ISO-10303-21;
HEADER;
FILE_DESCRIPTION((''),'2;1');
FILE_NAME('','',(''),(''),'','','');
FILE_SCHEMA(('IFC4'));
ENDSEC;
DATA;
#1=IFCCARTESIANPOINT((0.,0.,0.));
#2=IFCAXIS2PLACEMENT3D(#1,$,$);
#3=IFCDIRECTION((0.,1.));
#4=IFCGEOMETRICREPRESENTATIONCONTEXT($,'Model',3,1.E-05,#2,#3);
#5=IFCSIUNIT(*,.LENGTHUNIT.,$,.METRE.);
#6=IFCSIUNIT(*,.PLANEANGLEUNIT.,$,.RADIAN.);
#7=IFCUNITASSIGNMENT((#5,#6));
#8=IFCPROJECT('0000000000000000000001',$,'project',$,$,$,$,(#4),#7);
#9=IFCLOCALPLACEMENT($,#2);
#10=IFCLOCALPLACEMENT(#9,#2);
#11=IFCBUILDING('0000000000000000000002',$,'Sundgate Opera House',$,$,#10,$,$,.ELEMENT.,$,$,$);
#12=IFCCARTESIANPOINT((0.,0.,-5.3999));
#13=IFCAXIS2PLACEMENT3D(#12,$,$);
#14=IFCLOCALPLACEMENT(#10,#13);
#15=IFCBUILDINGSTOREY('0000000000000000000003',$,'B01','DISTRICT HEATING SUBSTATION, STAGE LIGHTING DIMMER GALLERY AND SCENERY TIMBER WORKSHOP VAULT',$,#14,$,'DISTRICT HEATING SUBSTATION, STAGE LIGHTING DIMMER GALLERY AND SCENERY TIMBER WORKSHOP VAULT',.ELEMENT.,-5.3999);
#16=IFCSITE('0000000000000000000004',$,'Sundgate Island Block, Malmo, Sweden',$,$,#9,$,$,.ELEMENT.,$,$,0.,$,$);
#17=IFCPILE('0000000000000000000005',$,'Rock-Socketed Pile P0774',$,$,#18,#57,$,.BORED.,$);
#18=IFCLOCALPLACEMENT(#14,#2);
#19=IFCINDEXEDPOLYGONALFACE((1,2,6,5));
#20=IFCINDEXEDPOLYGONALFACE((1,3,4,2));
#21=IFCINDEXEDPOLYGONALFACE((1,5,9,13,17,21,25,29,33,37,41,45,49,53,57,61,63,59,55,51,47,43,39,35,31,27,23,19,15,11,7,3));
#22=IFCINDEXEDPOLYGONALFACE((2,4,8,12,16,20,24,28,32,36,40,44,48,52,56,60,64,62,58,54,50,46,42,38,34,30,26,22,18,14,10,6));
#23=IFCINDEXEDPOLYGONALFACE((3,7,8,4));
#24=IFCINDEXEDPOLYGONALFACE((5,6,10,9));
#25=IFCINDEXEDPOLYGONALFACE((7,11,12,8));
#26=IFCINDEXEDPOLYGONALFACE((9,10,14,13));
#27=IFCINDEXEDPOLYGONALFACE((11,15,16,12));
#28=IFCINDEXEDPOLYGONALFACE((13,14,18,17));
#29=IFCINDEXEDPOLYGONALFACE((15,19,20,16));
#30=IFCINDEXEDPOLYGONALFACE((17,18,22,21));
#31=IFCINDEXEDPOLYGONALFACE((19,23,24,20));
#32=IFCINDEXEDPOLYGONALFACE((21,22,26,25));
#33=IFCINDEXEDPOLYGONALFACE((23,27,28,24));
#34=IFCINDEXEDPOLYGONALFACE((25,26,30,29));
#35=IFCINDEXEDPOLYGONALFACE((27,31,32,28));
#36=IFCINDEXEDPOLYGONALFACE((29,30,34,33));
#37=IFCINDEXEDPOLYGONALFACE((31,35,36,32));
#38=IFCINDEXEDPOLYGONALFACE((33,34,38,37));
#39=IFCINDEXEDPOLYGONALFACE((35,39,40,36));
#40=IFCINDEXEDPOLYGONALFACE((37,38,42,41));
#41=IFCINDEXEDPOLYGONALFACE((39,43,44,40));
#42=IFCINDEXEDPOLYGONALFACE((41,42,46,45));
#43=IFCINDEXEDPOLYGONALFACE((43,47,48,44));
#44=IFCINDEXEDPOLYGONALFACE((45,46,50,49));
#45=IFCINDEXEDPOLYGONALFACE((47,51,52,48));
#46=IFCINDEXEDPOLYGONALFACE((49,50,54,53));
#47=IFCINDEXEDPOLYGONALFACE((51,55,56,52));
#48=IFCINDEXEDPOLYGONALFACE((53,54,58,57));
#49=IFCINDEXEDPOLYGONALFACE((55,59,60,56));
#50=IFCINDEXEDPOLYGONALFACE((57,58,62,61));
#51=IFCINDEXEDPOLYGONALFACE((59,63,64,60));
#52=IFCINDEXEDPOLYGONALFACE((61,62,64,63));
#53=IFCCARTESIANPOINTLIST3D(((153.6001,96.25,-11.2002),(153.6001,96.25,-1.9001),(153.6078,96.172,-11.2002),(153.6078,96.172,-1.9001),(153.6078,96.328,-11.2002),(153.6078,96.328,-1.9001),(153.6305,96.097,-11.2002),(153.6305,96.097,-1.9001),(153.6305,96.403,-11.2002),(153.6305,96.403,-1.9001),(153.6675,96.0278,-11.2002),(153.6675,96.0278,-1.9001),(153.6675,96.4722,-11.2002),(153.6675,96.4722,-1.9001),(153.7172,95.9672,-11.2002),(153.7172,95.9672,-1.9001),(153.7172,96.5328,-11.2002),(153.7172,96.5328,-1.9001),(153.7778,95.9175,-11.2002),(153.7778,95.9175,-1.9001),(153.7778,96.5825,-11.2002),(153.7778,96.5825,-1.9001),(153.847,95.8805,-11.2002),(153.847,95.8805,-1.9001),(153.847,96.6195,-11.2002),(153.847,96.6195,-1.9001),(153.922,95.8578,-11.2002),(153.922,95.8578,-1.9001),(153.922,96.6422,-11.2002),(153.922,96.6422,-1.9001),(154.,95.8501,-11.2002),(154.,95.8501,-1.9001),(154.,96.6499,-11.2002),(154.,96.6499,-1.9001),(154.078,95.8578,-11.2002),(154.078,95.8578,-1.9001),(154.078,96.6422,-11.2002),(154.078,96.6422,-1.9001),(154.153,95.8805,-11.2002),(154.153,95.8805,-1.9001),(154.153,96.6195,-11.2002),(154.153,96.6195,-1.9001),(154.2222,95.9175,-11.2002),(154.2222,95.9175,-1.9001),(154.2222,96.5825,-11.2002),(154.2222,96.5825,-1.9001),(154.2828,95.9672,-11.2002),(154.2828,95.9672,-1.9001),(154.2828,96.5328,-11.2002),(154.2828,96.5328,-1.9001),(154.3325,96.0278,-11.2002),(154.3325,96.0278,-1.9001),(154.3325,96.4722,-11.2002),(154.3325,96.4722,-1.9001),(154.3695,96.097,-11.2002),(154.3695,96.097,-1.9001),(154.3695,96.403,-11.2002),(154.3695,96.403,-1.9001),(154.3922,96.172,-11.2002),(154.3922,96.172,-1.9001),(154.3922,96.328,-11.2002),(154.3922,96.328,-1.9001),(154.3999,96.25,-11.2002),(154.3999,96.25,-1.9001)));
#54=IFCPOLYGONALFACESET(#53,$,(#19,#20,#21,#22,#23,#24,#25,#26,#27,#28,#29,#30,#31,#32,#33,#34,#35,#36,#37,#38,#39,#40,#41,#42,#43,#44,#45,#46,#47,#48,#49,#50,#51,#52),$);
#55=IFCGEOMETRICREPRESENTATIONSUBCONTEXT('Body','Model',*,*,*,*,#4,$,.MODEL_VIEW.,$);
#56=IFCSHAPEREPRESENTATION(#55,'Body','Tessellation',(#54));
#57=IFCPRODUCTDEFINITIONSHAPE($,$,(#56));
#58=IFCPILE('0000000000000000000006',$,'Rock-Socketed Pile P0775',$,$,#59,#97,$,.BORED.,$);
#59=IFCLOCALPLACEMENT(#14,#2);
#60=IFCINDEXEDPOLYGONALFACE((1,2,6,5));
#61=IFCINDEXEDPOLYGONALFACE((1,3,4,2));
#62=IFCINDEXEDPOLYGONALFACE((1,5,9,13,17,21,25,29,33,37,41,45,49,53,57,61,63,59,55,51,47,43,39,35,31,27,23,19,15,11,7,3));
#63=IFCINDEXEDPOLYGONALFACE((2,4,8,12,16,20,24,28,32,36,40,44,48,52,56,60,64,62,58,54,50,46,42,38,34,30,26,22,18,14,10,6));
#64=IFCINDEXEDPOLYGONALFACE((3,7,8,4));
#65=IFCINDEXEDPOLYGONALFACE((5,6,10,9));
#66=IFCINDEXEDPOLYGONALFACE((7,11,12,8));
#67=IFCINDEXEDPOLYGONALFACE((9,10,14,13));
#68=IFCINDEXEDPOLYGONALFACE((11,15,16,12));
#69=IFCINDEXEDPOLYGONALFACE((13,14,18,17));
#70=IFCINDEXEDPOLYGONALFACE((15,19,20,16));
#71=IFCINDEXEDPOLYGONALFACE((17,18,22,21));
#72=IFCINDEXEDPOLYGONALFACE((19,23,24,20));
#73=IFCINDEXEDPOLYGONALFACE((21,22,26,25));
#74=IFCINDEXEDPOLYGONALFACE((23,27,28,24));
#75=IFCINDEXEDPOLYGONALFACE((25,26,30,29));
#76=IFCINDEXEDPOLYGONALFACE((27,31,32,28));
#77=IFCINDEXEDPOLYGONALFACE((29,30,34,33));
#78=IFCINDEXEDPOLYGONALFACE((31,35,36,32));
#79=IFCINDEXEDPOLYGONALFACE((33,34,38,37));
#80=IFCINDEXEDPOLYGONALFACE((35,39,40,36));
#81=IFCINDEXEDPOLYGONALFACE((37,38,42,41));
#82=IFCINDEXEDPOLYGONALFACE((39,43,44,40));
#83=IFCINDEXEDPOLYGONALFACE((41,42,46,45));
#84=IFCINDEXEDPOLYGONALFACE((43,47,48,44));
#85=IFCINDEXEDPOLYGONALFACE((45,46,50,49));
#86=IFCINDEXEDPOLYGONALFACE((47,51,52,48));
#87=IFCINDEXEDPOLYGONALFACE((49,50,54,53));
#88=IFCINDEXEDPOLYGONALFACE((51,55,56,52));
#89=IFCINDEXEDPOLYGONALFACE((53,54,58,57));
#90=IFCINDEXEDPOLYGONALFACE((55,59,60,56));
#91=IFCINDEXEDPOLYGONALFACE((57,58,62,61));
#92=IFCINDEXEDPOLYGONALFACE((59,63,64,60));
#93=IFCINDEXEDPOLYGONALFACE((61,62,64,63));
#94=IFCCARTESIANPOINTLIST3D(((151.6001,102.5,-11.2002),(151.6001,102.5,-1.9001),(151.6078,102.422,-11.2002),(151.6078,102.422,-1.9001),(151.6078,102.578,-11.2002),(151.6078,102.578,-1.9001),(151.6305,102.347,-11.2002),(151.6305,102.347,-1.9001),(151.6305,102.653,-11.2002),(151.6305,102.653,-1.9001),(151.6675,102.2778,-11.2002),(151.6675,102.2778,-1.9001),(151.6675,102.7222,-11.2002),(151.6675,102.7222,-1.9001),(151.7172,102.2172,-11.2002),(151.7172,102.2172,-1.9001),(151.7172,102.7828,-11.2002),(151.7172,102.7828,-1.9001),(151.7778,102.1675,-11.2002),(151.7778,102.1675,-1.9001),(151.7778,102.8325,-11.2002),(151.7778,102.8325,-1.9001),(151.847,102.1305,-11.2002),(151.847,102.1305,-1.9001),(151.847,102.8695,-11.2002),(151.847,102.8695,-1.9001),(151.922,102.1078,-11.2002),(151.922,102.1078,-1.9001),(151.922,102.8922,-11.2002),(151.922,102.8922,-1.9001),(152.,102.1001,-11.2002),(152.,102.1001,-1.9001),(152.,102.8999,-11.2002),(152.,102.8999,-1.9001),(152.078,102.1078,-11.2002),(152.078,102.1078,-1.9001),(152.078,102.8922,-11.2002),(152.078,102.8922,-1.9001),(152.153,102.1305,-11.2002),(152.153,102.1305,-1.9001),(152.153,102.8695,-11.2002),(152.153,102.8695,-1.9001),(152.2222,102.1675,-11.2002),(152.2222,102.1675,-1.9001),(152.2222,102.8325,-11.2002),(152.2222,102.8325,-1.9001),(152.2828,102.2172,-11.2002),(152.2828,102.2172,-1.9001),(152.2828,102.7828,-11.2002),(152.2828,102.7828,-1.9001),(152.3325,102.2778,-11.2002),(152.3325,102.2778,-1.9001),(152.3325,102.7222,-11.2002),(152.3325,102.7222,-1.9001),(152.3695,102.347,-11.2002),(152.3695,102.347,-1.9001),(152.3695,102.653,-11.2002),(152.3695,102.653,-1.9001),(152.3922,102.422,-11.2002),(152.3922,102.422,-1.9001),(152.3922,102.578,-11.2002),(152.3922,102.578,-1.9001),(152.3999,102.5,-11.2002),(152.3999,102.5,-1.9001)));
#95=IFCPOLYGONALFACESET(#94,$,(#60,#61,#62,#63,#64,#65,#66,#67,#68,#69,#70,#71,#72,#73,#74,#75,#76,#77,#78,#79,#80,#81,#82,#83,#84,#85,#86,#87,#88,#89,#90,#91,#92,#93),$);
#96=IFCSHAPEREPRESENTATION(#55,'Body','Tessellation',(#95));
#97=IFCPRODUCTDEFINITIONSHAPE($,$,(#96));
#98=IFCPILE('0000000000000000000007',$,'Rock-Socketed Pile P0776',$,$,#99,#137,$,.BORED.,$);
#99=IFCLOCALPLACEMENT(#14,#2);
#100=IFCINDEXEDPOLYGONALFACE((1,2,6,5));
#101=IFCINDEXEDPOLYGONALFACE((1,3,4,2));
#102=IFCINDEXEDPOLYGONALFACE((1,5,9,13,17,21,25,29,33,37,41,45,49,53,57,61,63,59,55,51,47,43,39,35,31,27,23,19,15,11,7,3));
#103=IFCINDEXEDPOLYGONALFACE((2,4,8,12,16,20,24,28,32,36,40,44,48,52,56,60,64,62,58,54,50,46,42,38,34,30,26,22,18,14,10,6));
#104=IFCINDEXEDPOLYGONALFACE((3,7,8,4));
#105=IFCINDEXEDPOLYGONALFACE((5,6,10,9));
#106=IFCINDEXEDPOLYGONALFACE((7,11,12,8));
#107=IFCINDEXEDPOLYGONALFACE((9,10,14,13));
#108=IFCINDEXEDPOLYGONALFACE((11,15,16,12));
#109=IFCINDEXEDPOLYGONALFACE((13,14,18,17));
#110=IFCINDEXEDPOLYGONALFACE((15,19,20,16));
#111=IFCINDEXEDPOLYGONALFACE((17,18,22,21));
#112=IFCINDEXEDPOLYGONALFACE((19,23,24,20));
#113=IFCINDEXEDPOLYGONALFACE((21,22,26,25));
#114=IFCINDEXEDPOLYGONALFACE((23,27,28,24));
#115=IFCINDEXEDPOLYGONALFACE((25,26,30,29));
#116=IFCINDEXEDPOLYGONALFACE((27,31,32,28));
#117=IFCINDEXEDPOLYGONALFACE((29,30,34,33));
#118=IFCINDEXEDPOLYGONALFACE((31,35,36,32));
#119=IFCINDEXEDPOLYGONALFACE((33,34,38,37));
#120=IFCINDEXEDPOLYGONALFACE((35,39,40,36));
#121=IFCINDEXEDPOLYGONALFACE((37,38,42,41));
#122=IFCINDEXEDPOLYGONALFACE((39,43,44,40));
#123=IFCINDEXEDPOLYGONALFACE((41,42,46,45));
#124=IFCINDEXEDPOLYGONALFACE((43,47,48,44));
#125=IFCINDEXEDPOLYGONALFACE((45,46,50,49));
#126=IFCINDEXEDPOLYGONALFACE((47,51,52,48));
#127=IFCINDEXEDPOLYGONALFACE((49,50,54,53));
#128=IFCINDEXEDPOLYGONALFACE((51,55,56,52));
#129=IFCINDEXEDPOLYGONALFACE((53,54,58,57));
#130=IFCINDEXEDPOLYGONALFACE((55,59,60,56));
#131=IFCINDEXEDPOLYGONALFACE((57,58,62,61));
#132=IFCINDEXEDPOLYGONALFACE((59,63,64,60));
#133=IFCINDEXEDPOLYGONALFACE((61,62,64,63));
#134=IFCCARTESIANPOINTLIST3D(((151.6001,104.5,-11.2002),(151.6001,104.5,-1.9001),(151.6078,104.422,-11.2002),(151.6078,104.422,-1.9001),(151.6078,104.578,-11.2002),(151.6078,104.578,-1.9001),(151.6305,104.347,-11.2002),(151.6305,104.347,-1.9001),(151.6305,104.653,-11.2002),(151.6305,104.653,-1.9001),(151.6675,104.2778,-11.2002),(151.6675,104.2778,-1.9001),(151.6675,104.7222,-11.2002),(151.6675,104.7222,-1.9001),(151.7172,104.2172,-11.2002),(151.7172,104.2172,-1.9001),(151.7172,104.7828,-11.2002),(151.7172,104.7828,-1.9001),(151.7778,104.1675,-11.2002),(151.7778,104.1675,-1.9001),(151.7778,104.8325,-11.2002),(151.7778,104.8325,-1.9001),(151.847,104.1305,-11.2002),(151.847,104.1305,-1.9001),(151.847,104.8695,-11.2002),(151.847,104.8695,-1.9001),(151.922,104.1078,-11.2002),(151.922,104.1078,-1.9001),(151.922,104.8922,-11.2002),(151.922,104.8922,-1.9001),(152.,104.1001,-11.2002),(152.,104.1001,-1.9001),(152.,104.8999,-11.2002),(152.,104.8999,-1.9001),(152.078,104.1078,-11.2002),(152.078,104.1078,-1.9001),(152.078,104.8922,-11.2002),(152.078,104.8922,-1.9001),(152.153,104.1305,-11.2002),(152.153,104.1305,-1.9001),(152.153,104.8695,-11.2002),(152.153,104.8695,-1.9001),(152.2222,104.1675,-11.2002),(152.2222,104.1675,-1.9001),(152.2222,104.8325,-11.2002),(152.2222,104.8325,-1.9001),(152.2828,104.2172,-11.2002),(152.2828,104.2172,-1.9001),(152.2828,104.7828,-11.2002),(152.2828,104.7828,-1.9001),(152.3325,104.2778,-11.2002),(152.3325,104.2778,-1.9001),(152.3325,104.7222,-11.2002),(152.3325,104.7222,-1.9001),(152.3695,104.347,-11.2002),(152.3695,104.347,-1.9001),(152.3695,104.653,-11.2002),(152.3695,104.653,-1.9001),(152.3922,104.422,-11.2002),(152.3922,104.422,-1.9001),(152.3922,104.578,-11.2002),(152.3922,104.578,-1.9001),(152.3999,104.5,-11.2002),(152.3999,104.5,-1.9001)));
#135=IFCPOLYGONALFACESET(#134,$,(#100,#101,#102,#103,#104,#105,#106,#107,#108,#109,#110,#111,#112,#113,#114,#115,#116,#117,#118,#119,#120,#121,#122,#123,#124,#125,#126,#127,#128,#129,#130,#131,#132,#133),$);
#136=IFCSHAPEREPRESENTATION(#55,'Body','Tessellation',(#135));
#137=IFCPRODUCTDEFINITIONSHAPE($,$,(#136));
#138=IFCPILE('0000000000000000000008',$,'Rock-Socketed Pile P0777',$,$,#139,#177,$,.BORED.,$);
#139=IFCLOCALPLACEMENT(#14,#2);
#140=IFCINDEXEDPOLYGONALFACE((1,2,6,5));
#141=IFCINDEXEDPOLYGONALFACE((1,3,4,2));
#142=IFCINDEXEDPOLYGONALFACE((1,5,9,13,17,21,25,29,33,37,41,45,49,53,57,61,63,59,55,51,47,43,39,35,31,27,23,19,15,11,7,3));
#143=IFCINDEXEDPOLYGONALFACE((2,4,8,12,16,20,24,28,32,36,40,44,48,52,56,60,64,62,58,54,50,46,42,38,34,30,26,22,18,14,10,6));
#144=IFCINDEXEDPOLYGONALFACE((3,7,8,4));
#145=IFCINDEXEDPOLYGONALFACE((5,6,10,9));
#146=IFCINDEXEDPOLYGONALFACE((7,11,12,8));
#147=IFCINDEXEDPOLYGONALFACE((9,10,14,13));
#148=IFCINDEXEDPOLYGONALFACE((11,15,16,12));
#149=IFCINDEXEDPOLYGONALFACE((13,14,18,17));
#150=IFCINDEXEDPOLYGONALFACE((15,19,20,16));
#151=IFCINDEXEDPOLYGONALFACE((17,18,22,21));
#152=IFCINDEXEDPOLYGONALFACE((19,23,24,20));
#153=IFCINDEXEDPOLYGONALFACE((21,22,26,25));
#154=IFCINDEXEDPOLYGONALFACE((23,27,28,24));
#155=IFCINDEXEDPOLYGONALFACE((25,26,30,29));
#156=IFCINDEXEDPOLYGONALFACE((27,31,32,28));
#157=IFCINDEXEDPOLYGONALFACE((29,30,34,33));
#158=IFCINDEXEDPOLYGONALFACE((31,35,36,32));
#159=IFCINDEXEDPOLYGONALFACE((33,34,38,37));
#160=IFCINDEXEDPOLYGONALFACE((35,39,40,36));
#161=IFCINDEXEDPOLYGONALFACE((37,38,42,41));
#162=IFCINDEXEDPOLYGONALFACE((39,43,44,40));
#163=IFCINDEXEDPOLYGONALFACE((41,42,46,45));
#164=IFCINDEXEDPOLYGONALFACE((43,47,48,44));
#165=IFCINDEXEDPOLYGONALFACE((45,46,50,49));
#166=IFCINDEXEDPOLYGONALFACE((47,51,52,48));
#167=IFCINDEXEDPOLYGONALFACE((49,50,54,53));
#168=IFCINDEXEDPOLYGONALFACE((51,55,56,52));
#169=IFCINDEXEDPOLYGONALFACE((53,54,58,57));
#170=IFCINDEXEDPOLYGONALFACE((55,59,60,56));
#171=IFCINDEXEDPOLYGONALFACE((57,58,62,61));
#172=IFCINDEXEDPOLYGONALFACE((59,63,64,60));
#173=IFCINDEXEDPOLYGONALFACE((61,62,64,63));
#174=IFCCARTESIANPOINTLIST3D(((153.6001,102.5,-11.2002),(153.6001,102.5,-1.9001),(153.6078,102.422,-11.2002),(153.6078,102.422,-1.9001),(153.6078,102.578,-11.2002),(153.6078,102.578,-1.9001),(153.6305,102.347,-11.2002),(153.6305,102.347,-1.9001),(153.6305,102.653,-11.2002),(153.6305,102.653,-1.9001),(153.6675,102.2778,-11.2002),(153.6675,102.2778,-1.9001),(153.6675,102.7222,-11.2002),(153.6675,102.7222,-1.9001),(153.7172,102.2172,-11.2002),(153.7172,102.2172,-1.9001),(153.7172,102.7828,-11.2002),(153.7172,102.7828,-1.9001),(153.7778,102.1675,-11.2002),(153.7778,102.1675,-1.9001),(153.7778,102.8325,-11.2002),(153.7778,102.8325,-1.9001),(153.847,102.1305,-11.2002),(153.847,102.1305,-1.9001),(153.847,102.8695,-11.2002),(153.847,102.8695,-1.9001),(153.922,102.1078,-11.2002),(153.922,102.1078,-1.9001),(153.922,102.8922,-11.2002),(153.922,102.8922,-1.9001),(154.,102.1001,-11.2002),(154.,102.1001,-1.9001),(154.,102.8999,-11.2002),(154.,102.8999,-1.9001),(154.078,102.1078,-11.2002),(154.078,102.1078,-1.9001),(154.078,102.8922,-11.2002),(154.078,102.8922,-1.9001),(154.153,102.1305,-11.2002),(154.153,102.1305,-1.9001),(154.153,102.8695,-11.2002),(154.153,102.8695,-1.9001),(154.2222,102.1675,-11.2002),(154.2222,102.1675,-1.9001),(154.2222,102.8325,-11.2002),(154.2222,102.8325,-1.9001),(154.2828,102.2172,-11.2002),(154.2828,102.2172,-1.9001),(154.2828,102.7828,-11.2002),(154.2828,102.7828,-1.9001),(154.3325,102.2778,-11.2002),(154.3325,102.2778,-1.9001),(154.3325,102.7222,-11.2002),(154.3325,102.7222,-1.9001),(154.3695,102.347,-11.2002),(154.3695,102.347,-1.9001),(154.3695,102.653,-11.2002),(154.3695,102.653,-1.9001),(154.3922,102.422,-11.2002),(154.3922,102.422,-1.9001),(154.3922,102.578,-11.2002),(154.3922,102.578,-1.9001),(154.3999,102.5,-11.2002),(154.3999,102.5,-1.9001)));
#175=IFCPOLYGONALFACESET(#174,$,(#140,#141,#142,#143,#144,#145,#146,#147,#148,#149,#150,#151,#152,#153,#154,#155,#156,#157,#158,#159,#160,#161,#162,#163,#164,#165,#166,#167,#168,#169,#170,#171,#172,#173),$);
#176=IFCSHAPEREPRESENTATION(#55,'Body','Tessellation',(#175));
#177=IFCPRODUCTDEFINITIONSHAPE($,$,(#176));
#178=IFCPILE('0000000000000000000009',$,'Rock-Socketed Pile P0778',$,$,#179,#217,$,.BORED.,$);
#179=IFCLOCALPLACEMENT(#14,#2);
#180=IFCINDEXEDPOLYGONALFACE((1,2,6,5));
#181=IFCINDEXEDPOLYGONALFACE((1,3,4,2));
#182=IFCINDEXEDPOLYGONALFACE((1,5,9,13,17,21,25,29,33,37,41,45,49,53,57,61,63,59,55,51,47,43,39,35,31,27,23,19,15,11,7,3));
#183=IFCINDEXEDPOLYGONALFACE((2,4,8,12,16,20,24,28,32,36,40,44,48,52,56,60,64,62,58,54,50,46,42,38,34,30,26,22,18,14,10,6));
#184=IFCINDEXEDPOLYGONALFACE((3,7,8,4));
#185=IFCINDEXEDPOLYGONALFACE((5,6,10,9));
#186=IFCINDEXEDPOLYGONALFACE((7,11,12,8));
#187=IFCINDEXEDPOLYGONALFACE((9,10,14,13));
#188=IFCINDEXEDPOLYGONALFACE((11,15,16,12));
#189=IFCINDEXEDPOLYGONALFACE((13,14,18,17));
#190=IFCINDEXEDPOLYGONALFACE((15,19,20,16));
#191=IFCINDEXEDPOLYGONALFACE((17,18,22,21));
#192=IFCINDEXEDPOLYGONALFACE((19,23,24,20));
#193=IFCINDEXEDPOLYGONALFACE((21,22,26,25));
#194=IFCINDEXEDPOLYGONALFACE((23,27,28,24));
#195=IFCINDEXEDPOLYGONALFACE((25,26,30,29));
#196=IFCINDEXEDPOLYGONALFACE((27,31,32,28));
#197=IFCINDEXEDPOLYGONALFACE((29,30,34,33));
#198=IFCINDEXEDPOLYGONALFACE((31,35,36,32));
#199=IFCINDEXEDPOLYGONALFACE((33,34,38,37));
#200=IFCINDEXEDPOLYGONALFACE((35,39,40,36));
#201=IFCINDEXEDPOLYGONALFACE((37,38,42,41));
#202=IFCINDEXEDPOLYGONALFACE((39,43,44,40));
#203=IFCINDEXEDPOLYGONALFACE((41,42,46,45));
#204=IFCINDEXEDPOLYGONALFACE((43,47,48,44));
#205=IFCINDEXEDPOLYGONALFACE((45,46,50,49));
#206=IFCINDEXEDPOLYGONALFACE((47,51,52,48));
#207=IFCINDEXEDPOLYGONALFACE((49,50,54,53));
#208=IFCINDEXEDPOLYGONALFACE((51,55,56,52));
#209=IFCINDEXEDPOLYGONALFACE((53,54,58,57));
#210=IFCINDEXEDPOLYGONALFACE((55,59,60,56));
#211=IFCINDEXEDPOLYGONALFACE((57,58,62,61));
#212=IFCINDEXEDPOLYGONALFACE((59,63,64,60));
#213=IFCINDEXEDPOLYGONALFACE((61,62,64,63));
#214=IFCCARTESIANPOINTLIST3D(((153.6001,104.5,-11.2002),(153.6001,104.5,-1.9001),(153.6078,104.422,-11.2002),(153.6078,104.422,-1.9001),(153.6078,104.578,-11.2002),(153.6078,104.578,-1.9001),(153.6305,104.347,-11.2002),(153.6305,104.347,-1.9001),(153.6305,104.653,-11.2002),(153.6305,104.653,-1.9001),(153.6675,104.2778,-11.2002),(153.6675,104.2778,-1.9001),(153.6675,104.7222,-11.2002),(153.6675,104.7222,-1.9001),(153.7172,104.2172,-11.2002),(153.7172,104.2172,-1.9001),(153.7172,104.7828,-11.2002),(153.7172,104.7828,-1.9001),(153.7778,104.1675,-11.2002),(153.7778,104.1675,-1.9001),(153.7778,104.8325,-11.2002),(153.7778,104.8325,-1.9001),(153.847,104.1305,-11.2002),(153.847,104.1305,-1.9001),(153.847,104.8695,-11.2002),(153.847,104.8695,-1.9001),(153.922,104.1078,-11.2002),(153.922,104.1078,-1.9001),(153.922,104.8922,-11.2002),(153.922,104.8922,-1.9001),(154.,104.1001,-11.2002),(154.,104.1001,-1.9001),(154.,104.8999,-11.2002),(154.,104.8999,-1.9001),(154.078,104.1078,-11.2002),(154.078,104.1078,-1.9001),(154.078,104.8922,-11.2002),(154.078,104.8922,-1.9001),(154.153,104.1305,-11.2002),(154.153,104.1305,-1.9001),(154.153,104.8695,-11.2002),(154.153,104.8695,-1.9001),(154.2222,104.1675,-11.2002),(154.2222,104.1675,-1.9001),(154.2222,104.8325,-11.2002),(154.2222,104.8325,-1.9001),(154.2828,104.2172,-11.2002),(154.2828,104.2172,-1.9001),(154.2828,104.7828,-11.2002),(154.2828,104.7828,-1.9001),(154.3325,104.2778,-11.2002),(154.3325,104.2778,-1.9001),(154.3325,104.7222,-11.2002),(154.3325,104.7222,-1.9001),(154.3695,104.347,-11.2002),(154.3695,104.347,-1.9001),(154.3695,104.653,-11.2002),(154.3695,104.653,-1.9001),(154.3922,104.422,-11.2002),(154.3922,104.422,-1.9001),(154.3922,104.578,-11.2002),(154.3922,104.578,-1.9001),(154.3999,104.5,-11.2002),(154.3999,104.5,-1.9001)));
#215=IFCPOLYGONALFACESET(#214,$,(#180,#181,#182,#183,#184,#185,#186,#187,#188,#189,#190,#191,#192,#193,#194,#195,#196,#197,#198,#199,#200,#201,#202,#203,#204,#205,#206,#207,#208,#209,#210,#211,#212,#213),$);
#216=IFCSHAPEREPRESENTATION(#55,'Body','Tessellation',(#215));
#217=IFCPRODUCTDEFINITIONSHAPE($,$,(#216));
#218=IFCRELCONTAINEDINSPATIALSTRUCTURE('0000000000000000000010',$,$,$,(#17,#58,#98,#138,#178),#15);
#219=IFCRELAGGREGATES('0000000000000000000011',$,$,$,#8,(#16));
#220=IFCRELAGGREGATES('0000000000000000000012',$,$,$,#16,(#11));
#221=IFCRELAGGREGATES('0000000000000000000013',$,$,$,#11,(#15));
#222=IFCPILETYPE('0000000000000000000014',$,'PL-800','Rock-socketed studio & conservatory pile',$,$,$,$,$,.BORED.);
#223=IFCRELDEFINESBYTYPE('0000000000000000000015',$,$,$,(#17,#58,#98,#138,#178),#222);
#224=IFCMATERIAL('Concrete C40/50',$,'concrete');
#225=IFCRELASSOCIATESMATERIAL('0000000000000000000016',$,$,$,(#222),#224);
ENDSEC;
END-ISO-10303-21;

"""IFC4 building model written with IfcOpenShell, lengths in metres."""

from ifc_helpers import new_model, si_unit, direction, frame, origin, origin_2d, place, context, subcontext, project, spatial, circle, extrude, material, material_profile, profile_set, type_object, element, save


model = new_model("IFC4")

# Units and contexts
model_context = context("Model", 3, precision=1e-05, world=origin(), true_north=direction((0.0, 1.0)))
body_context = subcontext(model_context, "Body", "Model", "MODEL_VIEW")
ifc_project = project(units=[si_unit("LENGTHUNIT", "METRE"), si_unit("PLANEANGLEUNIT", "RADIAN")], contexts=[model_context])

# Site, building, storey
site_placement = place(None, origin())
site = spatial("IfcSite", under=ifc_project, at=site_placement, Name="Sundgate Island Block, Malmo, Sweden", CompositionType="ELEMENT", RefElevation=0.0)
building_placement = place(site_placement, origin())
building = spatial("IfcBuilding", under=site, at=building_placement, Name="Sundgate Opera House", CompositionType="ELEMENT")
storey_placement = place(building_placement, frame((0.0, 0.0, -5.3999)))
storey = spatial("IfcBuildingStorey", under=building, at=storey_placement, Name="B01", Description="DISTRICT HEATING SUBSTATION, STAGE LIGHTING DIMMER GALLERY AND SCENERY TIMBER WORKSHOP VAULT", LongName="DISTRICT HEATING SUBSTATION, STAGE LIGHTING DIMMER GALLERY AND SCENERY TIMBER WORKSHOP VAULT", CompositionType="ELEMENT", Elevation=-5.3999)

# Piles
ifc_material_1 = material(Name="Concrete C40/50", Category="concrete")
ifc_material_profile_1 = material_profile(ifc_material_1, circle(Radius=0.3999, at=origin_2d()), Name="PILE D800")
ifc_profile_set_1 = profile_set([ifc_material_profile_1], Name="Concrete C40/50")
pile_type = type_object("IfcPileType", Name="PL-800", Description="Rock-socketed studio & conservatory pile", PredefinedType="BORED", material=ifc_profile_set_1)
for number, where, z_axis, x_axis, name in (
    (1, (154.0, 96.25, -1.9001), (0.0, 0.0, -1.0), (1.0, 0.0, 0.0), "Rock-Socketed Pile P0774"),
    (2, (152.0, 102.5, -1.9001), (0.0, 0.0, -1.0), (1.0, 0.0, 0.0), "Rock-Socketed Pile P0775"),
    (3, (152.0, 104.5, -1.9001), (0.0, 0.0, -1.0), (1.0, 0.0, 0.0), "Rock-Socketed Pile P0776"),
    (4, (154.0, 102.5, -1.9001), (0.0, 0.0, -1.0), (1.0, 0.0, 0.0), "Rock-Socketed Pile P0777"),
    (5, (154.0, 104.5, -1.9001), (0.0, 0.0, -1.0), (1.0, 0.0, 0.0), "Rock-Socketed Pile P0778"),
):
    element("IfcPile", number, at=place(storey_placement, frame(where, z_axis=z_axis, x_axis=x_axis)), inside=storey, type_object=pile_type, Name=name, PredefinedType="BORED", context=body_context, shape_type="SweptSolid", body=[
        extrude(circle(Radius=0.3999, at=origin_2d()), origin(), (0.0, 0.0, 1.0), 9.3),
    ])

save(model, "model.ifc")
